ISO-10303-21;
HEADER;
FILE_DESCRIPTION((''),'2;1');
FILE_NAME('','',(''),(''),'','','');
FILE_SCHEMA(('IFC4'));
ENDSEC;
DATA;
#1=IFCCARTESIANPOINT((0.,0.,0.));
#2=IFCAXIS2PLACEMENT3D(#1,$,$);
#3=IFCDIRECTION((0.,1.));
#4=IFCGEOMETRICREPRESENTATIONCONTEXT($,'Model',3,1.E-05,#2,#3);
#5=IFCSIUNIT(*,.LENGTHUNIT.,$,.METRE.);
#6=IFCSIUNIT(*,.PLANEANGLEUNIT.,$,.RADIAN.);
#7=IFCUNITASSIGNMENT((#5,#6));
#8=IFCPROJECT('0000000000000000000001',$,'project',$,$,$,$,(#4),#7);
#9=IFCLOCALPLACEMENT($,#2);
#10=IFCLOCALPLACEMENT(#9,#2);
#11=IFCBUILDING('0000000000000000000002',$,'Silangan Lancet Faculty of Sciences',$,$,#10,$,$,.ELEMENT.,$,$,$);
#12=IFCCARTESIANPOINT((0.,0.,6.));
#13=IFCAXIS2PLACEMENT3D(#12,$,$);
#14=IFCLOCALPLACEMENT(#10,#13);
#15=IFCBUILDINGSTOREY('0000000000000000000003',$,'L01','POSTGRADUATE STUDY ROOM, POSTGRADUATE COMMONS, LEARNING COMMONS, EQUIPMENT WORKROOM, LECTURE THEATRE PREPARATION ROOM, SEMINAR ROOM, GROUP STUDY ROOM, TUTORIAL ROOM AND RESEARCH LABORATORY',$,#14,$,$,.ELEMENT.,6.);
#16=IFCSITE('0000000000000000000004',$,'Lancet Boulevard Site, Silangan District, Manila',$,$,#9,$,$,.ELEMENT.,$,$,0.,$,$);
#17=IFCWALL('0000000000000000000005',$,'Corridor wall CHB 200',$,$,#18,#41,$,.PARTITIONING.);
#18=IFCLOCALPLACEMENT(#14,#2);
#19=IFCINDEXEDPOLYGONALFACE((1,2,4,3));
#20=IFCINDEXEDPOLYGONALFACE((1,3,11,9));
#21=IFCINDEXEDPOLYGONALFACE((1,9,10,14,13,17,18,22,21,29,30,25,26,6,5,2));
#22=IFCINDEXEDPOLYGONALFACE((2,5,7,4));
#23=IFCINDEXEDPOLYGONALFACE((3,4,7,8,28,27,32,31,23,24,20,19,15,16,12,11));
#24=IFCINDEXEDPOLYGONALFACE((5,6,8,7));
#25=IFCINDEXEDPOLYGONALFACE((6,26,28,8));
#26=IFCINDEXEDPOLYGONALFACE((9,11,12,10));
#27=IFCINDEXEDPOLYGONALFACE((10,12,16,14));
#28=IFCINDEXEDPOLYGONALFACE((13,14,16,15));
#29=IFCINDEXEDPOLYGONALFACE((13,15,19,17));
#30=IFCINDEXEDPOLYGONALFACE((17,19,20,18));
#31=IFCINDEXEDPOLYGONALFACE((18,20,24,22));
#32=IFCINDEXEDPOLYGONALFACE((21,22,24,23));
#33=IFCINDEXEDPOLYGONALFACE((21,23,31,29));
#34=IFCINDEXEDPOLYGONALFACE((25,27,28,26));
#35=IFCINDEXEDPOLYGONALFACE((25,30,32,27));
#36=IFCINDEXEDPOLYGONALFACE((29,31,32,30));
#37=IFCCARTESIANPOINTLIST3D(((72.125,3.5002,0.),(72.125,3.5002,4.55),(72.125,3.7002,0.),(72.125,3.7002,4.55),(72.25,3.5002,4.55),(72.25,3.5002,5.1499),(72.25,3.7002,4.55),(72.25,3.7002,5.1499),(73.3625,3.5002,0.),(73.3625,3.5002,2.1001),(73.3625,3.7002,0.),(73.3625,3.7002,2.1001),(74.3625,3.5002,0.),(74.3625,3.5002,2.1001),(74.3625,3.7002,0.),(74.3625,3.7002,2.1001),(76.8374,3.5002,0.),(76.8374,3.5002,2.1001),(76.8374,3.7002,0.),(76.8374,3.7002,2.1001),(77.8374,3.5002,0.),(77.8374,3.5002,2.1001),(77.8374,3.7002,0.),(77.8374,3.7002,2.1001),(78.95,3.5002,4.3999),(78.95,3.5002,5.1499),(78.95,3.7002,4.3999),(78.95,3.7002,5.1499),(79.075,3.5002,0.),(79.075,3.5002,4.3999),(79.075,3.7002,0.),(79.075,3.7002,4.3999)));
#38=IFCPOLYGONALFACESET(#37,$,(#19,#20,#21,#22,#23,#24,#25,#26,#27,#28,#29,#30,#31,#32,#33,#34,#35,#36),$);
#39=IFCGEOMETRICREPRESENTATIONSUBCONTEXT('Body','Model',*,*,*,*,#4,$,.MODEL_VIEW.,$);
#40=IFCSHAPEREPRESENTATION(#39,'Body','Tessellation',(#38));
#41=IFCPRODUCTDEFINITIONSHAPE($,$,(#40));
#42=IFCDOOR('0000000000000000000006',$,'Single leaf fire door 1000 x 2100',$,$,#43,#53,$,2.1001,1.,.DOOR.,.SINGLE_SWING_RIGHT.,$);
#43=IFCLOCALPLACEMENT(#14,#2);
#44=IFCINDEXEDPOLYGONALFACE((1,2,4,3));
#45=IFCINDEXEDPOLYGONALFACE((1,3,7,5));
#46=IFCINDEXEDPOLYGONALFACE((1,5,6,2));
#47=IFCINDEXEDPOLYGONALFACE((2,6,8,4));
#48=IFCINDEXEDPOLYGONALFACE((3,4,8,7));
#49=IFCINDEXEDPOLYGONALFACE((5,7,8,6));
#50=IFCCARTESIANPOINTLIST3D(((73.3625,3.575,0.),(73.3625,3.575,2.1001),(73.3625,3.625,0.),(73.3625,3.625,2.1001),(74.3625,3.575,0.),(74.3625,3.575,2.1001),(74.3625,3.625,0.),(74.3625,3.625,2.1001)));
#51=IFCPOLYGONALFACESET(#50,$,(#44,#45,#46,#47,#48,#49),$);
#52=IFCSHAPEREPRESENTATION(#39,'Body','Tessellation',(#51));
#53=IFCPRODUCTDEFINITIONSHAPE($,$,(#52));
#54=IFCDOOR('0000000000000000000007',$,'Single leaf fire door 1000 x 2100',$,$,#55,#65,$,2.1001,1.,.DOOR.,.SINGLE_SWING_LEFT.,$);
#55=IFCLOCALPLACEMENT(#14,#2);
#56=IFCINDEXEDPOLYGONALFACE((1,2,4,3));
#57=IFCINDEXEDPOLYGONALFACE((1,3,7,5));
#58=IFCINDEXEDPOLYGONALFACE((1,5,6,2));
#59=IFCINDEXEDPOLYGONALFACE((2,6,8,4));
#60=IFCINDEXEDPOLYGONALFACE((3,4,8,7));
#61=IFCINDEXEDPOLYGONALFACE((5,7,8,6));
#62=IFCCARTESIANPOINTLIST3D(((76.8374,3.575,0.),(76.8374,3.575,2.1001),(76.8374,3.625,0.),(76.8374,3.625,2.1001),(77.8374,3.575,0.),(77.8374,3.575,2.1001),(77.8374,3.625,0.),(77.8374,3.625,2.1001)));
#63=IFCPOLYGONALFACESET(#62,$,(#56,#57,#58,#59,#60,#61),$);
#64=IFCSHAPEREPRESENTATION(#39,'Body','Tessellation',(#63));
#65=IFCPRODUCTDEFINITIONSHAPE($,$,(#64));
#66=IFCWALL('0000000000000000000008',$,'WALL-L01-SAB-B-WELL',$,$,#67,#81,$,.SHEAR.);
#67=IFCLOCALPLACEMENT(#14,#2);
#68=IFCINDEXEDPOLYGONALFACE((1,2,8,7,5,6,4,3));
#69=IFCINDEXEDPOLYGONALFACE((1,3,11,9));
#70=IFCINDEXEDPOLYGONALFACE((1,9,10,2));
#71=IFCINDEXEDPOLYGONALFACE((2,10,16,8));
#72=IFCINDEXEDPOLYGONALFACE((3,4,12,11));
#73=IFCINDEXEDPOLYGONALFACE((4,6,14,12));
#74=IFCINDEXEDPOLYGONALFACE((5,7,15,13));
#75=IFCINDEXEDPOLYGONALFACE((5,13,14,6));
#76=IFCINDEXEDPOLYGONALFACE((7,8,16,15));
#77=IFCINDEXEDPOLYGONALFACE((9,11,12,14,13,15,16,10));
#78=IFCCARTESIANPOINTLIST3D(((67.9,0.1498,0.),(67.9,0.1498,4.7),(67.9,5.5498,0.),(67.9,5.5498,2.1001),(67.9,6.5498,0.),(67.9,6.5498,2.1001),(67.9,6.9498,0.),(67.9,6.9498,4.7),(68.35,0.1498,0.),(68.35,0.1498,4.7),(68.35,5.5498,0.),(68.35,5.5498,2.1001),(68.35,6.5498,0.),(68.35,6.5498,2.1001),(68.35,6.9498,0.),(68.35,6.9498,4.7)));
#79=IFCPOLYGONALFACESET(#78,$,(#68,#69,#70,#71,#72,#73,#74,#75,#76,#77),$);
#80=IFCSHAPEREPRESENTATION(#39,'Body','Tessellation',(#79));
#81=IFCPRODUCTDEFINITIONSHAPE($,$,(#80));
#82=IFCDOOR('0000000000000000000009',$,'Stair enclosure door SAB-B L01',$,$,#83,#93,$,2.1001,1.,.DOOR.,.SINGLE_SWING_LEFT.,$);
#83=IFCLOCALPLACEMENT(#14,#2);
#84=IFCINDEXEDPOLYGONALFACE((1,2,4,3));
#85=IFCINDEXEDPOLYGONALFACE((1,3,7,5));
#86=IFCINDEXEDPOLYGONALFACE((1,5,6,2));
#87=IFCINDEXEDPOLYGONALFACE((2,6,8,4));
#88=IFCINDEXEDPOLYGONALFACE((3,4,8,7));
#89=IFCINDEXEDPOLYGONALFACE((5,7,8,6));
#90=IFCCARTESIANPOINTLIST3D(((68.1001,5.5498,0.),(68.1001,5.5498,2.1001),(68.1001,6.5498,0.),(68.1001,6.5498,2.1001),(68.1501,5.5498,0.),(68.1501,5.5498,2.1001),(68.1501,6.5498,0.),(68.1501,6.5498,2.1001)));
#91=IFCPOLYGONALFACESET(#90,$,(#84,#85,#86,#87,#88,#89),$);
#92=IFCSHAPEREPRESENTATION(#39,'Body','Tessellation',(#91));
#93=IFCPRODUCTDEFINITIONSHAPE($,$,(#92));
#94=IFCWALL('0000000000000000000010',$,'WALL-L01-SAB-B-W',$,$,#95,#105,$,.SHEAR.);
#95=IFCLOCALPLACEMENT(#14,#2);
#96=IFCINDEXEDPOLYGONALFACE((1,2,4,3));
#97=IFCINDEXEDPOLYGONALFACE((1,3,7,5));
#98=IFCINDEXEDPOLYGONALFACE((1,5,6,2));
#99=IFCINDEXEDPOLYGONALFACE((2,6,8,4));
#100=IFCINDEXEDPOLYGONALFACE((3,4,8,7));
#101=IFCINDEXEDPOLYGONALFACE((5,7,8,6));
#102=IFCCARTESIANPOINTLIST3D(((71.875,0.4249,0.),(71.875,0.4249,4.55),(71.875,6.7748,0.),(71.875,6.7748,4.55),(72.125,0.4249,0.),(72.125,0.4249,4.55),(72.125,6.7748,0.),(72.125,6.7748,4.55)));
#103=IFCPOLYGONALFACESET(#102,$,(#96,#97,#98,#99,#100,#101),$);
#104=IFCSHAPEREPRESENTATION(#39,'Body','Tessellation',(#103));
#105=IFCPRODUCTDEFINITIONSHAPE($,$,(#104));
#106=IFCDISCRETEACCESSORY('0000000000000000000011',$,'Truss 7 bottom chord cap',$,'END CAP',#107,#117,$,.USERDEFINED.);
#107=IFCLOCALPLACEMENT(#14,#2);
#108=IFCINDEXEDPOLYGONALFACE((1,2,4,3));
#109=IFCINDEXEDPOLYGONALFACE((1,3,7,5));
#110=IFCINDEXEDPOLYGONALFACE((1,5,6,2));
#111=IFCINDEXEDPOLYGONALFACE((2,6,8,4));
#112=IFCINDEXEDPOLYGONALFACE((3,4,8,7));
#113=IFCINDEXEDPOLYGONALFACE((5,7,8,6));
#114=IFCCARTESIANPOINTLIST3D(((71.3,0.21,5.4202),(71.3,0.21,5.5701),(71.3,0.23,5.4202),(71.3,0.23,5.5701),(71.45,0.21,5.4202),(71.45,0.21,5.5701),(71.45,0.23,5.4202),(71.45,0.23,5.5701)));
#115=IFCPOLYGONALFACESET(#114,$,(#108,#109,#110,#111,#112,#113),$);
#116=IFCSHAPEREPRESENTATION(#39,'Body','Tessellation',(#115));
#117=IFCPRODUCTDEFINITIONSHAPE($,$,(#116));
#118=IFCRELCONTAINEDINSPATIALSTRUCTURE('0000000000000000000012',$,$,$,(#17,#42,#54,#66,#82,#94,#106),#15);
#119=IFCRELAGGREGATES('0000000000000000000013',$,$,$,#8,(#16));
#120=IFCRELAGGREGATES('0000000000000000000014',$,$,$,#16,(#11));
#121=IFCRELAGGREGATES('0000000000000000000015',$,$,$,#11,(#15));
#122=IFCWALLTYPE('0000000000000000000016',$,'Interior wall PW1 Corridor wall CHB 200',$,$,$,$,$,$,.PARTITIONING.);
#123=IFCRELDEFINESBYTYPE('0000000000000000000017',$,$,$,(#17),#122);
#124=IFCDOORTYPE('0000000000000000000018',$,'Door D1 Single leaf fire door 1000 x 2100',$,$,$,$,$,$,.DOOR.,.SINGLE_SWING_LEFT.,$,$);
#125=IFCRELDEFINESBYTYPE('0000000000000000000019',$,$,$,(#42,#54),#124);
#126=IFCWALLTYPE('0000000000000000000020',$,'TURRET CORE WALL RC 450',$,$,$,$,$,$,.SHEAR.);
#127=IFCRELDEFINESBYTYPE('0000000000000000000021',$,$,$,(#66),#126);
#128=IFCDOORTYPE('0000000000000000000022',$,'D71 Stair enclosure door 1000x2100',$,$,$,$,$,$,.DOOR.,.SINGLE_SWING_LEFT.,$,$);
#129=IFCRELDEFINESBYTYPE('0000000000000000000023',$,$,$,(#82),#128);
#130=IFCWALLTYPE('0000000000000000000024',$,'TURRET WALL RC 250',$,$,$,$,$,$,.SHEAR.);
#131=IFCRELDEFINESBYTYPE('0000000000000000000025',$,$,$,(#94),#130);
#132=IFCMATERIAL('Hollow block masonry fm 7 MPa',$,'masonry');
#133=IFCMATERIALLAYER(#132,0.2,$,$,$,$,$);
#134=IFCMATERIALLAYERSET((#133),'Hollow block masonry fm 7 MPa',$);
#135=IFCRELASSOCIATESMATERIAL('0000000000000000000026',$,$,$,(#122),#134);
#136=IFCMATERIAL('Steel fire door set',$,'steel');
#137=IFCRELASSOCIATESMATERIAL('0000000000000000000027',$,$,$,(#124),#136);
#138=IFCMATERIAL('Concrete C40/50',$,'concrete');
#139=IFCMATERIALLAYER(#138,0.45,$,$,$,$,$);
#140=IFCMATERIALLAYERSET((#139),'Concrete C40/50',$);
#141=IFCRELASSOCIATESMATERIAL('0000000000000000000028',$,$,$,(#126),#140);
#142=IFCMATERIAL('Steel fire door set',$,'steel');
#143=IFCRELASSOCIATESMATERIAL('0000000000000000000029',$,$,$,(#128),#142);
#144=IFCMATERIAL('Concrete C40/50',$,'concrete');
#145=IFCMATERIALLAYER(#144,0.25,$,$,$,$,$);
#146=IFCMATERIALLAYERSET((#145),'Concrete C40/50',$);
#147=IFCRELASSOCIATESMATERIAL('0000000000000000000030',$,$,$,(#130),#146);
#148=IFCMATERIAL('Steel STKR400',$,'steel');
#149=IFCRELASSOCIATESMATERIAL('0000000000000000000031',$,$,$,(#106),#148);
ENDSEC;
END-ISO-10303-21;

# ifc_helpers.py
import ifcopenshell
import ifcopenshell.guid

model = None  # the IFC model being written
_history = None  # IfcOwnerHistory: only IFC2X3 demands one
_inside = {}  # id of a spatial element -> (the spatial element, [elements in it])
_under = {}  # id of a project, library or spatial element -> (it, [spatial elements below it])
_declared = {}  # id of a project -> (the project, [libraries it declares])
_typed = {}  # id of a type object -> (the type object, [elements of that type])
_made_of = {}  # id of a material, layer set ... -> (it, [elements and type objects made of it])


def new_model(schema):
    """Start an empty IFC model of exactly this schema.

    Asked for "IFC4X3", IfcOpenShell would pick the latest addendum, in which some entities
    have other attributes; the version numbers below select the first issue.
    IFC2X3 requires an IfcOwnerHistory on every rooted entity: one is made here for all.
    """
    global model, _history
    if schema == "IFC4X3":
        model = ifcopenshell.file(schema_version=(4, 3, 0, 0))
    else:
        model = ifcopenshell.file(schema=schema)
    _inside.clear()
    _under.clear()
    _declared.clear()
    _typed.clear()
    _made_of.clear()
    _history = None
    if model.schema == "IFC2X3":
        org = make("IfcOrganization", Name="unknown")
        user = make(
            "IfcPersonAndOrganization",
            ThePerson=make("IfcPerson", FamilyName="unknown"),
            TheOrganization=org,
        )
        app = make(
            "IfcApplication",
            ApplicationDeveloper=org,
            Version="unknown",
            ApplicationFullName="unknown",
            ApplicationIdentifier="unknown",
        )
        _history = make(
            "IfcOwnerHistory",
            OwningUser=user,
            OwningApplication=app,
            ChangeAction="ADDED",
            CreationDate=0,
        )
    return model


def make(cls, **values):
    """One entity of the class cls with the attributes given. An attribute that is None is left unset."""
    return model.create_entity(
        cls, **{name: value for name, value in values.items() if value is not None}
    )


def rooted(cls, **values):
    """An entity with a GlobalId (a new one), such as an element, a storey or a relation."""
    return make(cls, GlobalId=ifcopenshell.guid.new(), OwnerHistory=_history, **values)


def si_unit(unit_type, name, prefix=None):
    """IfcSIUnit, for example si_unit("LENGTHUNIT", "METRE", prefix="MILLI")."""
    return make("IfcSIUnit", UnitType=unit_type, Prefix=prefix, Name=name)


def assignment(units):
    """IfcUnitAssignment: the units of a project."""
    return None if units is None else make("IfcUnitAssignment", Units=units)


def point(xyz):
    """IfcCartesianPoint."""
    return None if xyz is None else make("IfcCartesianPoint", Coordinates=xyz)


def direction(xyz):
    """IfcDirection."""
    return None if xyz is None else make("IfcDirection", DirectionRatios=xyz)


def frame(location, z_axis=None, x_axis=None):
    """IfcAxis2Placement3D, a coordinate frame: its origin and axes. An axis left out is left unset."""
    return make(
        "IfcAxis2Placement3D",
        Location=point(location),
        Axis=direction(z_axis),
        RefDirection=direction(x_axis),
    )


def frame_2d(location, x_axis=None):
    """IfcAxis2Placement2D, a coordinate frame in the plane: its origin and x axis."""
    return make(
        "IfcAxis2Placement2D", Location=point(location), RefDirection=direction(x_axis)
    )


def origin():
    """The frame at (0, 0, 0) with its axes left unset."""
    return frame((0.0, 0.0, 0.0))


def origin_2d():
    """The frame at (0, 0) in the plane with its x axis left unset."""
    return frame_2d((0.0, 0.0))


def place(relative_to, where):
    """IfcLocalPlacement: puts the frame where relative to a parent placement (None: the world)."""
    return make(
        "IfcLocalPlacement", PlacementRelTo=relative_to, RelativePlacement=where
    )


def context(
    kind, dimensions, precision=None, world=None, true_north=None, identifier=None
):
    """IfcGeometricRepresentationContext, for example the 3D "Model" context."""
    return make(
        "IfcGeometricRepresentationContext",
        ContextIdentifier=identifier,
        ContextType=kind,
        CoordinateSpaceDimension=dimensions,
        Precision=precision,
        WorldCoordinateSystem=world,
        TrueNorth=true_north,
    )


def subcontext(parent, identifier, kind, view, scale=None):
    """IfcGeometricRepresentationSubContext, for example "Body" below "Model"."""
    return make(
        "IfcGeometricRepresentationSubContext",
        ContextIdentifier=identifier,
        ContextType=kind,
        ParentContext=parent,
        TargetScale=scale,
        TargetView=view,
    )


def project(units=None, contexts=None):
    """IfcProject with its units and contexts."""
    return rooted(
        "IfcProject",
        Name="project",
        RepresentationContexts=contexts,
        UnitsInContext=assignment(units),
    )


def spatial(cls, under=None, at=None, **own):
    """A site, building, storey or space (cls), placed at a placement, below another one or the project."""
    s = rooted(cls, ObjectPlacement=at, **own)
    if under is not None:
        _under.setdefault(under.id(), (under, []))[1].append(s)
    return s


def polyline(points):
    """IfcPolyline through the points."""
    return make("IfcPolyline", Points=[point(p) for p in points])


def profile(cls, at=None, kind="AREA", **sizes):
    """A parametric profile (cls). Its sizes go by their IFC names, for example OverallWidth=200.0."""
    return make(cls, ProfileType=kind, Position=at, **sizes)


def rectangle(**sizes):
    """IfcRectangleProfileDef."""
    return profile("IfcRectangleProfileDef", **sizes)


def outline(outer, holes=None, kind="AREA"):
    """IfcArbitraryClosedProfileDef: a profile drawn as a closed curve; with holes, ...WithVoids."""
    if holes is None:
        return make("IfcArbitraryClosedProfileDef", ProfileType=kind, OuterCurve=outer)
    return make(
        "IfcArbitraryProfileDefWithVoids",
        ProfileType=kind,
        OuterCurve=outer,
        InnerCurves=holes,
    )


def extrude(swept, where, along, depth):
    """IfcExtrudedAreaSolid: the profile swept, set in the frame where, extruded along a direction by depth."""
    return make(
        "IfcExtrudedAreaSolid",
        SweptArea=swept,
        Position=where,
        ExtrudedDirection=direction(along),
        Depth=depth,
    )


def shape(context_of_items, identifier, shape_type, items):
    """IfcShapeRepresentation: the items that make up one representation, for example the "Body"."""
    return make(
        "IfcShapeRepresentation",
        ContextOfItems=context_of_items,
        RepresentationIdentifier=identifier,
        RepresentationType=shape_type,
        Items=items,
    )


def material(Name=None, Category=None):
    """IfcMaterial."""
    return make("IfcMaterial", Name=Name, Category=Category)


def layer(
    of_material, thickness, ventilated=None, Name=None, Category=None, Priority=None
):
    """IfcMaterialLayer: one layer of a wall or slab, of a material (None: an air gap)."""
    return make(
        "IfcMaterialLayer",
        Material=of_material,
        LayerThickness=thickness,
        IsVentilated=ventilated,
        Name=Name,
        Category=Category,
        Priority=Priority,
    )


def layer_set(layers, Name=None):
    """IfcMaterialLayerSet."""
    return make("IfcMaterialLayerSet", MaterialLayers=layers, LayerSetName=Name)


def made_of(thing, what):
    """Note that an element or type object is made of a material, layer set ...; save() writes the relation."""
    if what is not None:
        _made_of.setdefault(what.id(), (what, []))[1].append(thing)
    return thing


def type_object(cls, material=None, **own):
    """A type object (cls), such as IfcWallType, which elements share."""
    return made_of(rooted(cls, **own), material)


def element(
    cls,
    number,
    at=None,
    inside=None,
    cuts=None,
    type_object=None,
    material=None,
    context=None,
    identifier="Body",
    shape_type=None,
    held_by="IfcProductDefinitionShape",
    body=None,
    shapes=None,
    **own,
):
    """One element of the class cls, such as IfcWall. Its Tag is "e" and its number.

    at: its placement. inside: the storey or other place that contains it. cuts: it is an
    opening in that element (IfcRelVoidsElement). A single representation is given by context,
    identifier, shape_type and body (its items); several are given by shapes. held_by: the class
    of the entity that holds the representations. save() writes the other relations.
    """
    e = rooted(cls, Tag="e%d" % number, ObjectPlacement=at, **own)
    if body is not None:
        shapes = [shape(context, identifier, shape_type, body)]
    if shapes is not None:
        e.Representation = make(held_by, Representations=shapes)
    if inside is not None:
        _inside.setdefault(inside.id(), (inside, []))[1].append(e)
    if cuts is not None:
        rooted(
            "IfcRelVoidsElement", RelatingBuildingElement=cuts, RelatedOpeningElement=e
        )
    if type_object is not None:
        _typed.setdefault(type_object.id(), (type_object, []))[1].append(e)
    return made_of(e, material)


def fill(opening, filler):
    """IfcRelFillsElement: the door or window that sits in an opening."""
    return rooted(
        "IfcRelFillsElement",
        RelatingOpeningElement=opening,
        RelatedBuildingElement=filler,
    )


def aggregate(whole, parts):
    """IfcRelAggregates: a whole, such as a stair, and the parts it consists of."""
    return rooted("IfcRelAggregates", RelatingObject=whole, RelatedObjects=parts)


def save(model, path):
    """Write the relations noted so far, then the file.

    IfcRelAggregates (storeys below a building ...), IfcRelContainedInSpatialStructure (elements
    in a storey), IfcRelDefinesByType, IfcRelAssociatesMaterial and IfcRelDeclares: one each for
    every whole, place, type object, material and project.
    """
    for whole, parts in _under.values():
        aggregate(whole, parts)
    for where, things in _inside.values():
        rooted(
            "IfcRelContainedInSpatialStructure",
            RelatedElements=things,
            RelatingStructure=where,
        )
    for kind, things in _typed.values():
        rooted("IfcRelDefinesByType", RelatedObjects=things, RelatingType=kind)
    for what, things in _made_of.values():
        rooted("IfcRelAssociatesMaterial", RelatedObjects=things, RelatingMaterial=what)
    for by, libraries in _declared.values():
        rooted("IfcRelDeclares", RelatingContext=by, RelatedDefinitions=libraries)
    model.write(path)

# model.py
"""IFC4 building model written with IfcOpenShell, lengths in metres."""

from ifc_helpers import new_model, si_unit, direction, frame, frame_2d, origin, origin_2d, place, context, subcontext, project, spatial, polyline, rectangle, outline, extrude, material, layer, layer_set, type_object, element, fill, save


model = new_model("IFC4")

# Units and contexts
model_context = context("Model", 3, precision=1e-05, world=origin(), true_north=direction((0.0, 1.0)))
body_context = subcontext(model_context, "Body", "Model", "MODEL_VIEW")
ifc_project = project(units=[si_unit("LENGTHUNIT", "METRE"), si_unit("PLANEANGLEUNIT", "RADIAN")], contexts=[model_context])

# Site, building, storey
site_placement = place(None, origin())
site = spatial("IfcSite", under=ifc_project, at=site_placement, Name="Lancet Boulevard Site, Silangan District, Manila", CompositionType="ELEMENT", RefElevation=0.0)
building_placement = place(site_placement, origin())
building = spatial("IfcBuilding", under=site, at=building_placement, Name="Silangan Lancet Faculty of Sciences", CompositionType="ELEMENT")
storey_placement = place(building_placement, frame((0.0, 0.0, 6.0)))
storey = spatial("IfcBuildingStorey", under=building, at=storey_placement, Name="L01", Description="POSTGRADUATE STUDY ROOM, POSTGRADUATE COMMONS, LEARNING COMMONS, EQUIPMENT WORKROOM, LECTURE THEATRE PREPARATION ROOM, SEMINAR ROOM, GROUP STUDY ROOM, TUTORIAL ROOM AND RESEARCH LABORATORY", CompositionType="ELEMENT", Elevation=6.0)

# Wall, openings, doors
ifc_material_1 = material(Name="Hollow block masonry fm 7 MPa", Category="masonry")
ifc_layer_1 = layer(ifc_material_1, 0.2)
ifc_layer_set_1 = layer_set([ifc_layer_1], Name="Hollow block masonry fm 7 MPa")
wall_type_1 = type_object("IfcWallType", Name="Interior wall PW1 Corridor wall CHB 200", PredefinedType="PARTITIONING", material=ifc_layer_set_1)
wall_1_placement = place(storey_placement, frame((72.125, 3.6001, 0.0), z_axis=(0.0, 0.0, 1.0), x_axis=(1.0, 0.0, 0.0)))
wall_1 = element("IfcWall", 1, at=wall_1_placement, inside=storey, type_object=wall_type_1, Name="Corridor wall CHB 200", PredefinedType="PARTITIONING", context=body_context, shape_type="SweptSolid", body=[
    extrude(outline(polyline([(0.0, 0.0), (6.95, 0.0), (6.95, 4.3999), (6.825, 4.3999), (6.825, 5.1499), (0.125, 5.1499), (0.125, 4.55), (0.0, 4.55), (0.0, 0.0)])), frame((0.0, 0.1001, 0.0), z_axis=(0.0, -1.0, 0.0), x_axis=(1.0, 0.0, 0.0)), (0.0, 0.0, 1.0), 0.2),
])
opening_1_placement = place(wall_1_placement, frame((1.2375, 0.0, 0.0)))
opening_1 = element("IfcOpeningElement", 2, at=opening_1_placement, cuts=wall_1, PredefinedType="OPENING", context=body_context, shape_type="SweptSolid", body=[
    extrude(rectangle(XDim=1.0, YDim=2.1001, at=frame_2d((0.5, 1.05))), frame((0.0, 0.1099, 0.0), z_axis=(0.0, -1.0, 0.0), x_axis=(1.0, 0.0, 0.0)), (0.0, 0.0, 1.0), 0.22),
])
opening_2_placement = place(wall_1_placement, frame((4.7124, 0.0, 0.0)))
opening_2 = element("IfcOpeningElement", 3, at=opening_2_placement, cuts=wall_1, PredefinedType="OPENING", context=body_context, shape_type="SweptSolid", body=[
    extrude(rectangle(XDim=1.0, YDim=2.1001, at=frame_2d((0.5, 1.05))), frame((0.0, 0.1099, 0.0), z_axis=(0.0, -1.0, 0.0), x_axis=(1.0, 0.0, 0.0)), (0.0, 0.0, 1.0), 0.22),
])
ifc_material_2 = material(Name="Steel fire door set", Category="steel")
door_type_1 = type_object("IfcDoorType", Name="Door D1 Single leaf fire door 1000 x 2100", OperationType="SINGLE_SWING_LEFT", PredefinedType="DOOR", material=ifc_material_2)
door_1_placement = place(opening_1_placement, frame((1.0, 0.0, 0.0), z_axis=(0.0, 0.0, 1.0), x_axis=(-1.0, 0.0, 0.0)))
door_1 = element("IfcDoor", 4, at=door_1_placement, inside=storey, type_object=door_type_1, Name="Single leaf fire door 1000 x 2100", OperationType="SINGLE_SWING_RIGHT", OverallHeight=2.1001, OverallWidth=1.0, PredefinedType="DOOR", context=body_context, shape_type="SweptSolid", body=[
    extrude(rectangle(XDim=1.0, YDim=2.1001, at=frame_2d((0.5, 1.05))), frame((0.0, 0.0251, 0.0), z_axis=(0.0, -1.0, 0.0), x_axis=(1.0, 0.0, 0.0)), (0.0, 0.0, 1.0), 0.05),
])
fill(opening_1, door_1)
door_2_placement = place(opening_2_placement, frame((1.0, 0.0, 0.0), z_axis=(0.0, 0.0, 1.0), x_axis=(-1.0, 0.0, 0.0)))
door_2 = element("IfcDoor", 5, at=door_2_placement, inside=storey, type_object=door_type_1, Name="Single leaf fire door 1000 x 2100", OperationType="SINGLE_SWING_LEFT", OverallHeight=2.1001, OverallWidth=1.0, PredefinedType="DOOR", context=body_context, shape_type="SweptSolid", body=[
    extrude(rectangle(XDim=1.0, YDim=2.1001, at=frame_2d((0.5, 1.05))), frame((0.0, 0.0251, 0.0), z_axis=(0.0, -1.0, 0.0), x_axis=(1.0, 0.0, 0.0)), (0.0, 0.0, 1.0), 0.05),
])
fill(opening_2, door_2)

# Wall, opening, door
ifc_material_3 = material(Name="Concrete C40/50", Category="concrete")
ifc_layer_2 = layer(ifc_material_3, 0.45)
ifc_layer_set_2 = layer_set([ifc_layer_2], Name="Concrete C40/50")
wall_type_2 = type_object("IfcWallType", Name="TURRET CORE WALL RC 450", PredefinedType="SHEAR", material=ifc_layer_set_2)
wall_2_placement = place(storey_placement, frame((68.125, 0.1499, 0.0), z_axis=(0.0, 0.0, 1.0), x_axis=(0.0, 1.0, 0.0)))
wall_2 = element("IfcWall", 6, at=wall_2_placement, inside=storey, type_object=wall_type_2, Name="WALL-L01-SAB-B-WELL", PredefinedType="SHEAR", context=body_context, shape_type="SweptSolid", body=[
    extrude(rectangle(XDim=6.8, YDim=0.45, at=frame_2d((3.3999, 0.0))), origin(), (0.0, 0.0, 1.0), 4.7),
])
opening_3_placement = place(wall_2_placement, frame((5.3999, 0.0, 0.0)))
opening_3 = element("IfcOpeningElement", 7, at=opening_3_placement, cuts=wall_2, PredefinedType="OPENING", context=body_context, shape_type="SweptSolid", body=[
    extrude(rectangle(XDim=1.0, YDim=2.1001, at=frame_2d((0.5, 1.05))), frame((0.0, 0.2349, 0.0), z_axis=(0.0, -1.0, 0.0), x_axis=(1.0, 0.0, 0.0)), (0.0, 0.0, 1.0), 0.47),
])
ifc_material_4 = material(Name="Steel fire door set", Category="steel")
door_type_2 = type_object("IfcDoorType", Name="D71 Stair enclosure door 1000x2100", OperationType="SINGLE_SWING_LEFT", PredefinedType="DOOR", material=ifc_material_4)
door_3_placement = place(opening_3_placement, frame((1.0, 0.0, 0.0), z_axis=(0.0, 0.0, 1.0), x_axis=(-1.0, 0.0, 0.0)))
door_3 = element("IfcDoor", 8, at=door_3_placement, inside=storey, type_object=door_type_2, Name="Stair enclosure door SAB-B L01", OperationType="SINGLE_SWING_LEFT", OverallHeight=2.1001, OverallWidth=1.0, PredefinedType="DOOR", context=body_context, shape_type="SweptSolid", body=[
    extrude(rectangle(XDim=1.0, YDim=2.1001, at=frame_2d((0.5, 1.05))), frame((0.0, 0.0251, 0.0), z_axis=(0.0, -1.0, 0.0), x_axis=(1.0, 0.0, 0.0)), (0.0, 0.0, 1.0), 0.05),
])
fill(opening_3, door_3)

# Wall
ifc_material_5 = material(Name="Concrete C40/50", Category="concrete")
ifc_layer_3 = layer(ifc_material_5, 0.25)
ifc_layer_set_3 = layer_set([ifc_layer_3], Name="Concrete C40/50")
wall_type_3 = type_object("IfcWallType", Name="TURRET WALL RC 250", PredefinedType="SHEAR", material=ifc_layer_set_3)
wall_3_placement = place(storey_placement, frame((72.0, 0.425, 0.0), z_axis=(0.0, 0.0, 1.0), x_axis=(0.0, 1.0, 0.0)))
element("IfcWall", 9, at=wall_3_placement, inside=storey, type_object=wall_type_3, Name="WALL-L01-SAB-B-W", PredefinedType="SHEAR", context=body_context, shape_type="SweptSolid", body=[
    extrude(rectangle(XDim=6.3499, YDim=0.25, at=frame_2d((3.1748, 0.0))), origin(), (0.0, 0.0, 1.0), 4.55),
])

# Discrete accessory
ifc_material_6 = material(Name="Steel STKR400", Category="steel")
discrete_accessory_placement = place(storey_placement, frame((71.375, 0.22, 5.4202), z_axis=(0.0, 0.0, 1.0), x_axis=(1.0, 0.0, 0.0)))
element("IfcDiscreteAccessory", 10, at=discrete_accessory_placement, inside=storey, material=ifc_material_6, Name="Truss 7 bottom chord cap", ObjectType="END CAP", PredefinedType="USERDEFINED", context=body_context, shape_type="SweptSolid", body=[
    extrude(rectangle(XDim=0.1499, YDim=0.02, at=origin_2d()), origin(), (0.0, 0.0, 1.0), 0.1499),
])

save(model, "model.ifc")
